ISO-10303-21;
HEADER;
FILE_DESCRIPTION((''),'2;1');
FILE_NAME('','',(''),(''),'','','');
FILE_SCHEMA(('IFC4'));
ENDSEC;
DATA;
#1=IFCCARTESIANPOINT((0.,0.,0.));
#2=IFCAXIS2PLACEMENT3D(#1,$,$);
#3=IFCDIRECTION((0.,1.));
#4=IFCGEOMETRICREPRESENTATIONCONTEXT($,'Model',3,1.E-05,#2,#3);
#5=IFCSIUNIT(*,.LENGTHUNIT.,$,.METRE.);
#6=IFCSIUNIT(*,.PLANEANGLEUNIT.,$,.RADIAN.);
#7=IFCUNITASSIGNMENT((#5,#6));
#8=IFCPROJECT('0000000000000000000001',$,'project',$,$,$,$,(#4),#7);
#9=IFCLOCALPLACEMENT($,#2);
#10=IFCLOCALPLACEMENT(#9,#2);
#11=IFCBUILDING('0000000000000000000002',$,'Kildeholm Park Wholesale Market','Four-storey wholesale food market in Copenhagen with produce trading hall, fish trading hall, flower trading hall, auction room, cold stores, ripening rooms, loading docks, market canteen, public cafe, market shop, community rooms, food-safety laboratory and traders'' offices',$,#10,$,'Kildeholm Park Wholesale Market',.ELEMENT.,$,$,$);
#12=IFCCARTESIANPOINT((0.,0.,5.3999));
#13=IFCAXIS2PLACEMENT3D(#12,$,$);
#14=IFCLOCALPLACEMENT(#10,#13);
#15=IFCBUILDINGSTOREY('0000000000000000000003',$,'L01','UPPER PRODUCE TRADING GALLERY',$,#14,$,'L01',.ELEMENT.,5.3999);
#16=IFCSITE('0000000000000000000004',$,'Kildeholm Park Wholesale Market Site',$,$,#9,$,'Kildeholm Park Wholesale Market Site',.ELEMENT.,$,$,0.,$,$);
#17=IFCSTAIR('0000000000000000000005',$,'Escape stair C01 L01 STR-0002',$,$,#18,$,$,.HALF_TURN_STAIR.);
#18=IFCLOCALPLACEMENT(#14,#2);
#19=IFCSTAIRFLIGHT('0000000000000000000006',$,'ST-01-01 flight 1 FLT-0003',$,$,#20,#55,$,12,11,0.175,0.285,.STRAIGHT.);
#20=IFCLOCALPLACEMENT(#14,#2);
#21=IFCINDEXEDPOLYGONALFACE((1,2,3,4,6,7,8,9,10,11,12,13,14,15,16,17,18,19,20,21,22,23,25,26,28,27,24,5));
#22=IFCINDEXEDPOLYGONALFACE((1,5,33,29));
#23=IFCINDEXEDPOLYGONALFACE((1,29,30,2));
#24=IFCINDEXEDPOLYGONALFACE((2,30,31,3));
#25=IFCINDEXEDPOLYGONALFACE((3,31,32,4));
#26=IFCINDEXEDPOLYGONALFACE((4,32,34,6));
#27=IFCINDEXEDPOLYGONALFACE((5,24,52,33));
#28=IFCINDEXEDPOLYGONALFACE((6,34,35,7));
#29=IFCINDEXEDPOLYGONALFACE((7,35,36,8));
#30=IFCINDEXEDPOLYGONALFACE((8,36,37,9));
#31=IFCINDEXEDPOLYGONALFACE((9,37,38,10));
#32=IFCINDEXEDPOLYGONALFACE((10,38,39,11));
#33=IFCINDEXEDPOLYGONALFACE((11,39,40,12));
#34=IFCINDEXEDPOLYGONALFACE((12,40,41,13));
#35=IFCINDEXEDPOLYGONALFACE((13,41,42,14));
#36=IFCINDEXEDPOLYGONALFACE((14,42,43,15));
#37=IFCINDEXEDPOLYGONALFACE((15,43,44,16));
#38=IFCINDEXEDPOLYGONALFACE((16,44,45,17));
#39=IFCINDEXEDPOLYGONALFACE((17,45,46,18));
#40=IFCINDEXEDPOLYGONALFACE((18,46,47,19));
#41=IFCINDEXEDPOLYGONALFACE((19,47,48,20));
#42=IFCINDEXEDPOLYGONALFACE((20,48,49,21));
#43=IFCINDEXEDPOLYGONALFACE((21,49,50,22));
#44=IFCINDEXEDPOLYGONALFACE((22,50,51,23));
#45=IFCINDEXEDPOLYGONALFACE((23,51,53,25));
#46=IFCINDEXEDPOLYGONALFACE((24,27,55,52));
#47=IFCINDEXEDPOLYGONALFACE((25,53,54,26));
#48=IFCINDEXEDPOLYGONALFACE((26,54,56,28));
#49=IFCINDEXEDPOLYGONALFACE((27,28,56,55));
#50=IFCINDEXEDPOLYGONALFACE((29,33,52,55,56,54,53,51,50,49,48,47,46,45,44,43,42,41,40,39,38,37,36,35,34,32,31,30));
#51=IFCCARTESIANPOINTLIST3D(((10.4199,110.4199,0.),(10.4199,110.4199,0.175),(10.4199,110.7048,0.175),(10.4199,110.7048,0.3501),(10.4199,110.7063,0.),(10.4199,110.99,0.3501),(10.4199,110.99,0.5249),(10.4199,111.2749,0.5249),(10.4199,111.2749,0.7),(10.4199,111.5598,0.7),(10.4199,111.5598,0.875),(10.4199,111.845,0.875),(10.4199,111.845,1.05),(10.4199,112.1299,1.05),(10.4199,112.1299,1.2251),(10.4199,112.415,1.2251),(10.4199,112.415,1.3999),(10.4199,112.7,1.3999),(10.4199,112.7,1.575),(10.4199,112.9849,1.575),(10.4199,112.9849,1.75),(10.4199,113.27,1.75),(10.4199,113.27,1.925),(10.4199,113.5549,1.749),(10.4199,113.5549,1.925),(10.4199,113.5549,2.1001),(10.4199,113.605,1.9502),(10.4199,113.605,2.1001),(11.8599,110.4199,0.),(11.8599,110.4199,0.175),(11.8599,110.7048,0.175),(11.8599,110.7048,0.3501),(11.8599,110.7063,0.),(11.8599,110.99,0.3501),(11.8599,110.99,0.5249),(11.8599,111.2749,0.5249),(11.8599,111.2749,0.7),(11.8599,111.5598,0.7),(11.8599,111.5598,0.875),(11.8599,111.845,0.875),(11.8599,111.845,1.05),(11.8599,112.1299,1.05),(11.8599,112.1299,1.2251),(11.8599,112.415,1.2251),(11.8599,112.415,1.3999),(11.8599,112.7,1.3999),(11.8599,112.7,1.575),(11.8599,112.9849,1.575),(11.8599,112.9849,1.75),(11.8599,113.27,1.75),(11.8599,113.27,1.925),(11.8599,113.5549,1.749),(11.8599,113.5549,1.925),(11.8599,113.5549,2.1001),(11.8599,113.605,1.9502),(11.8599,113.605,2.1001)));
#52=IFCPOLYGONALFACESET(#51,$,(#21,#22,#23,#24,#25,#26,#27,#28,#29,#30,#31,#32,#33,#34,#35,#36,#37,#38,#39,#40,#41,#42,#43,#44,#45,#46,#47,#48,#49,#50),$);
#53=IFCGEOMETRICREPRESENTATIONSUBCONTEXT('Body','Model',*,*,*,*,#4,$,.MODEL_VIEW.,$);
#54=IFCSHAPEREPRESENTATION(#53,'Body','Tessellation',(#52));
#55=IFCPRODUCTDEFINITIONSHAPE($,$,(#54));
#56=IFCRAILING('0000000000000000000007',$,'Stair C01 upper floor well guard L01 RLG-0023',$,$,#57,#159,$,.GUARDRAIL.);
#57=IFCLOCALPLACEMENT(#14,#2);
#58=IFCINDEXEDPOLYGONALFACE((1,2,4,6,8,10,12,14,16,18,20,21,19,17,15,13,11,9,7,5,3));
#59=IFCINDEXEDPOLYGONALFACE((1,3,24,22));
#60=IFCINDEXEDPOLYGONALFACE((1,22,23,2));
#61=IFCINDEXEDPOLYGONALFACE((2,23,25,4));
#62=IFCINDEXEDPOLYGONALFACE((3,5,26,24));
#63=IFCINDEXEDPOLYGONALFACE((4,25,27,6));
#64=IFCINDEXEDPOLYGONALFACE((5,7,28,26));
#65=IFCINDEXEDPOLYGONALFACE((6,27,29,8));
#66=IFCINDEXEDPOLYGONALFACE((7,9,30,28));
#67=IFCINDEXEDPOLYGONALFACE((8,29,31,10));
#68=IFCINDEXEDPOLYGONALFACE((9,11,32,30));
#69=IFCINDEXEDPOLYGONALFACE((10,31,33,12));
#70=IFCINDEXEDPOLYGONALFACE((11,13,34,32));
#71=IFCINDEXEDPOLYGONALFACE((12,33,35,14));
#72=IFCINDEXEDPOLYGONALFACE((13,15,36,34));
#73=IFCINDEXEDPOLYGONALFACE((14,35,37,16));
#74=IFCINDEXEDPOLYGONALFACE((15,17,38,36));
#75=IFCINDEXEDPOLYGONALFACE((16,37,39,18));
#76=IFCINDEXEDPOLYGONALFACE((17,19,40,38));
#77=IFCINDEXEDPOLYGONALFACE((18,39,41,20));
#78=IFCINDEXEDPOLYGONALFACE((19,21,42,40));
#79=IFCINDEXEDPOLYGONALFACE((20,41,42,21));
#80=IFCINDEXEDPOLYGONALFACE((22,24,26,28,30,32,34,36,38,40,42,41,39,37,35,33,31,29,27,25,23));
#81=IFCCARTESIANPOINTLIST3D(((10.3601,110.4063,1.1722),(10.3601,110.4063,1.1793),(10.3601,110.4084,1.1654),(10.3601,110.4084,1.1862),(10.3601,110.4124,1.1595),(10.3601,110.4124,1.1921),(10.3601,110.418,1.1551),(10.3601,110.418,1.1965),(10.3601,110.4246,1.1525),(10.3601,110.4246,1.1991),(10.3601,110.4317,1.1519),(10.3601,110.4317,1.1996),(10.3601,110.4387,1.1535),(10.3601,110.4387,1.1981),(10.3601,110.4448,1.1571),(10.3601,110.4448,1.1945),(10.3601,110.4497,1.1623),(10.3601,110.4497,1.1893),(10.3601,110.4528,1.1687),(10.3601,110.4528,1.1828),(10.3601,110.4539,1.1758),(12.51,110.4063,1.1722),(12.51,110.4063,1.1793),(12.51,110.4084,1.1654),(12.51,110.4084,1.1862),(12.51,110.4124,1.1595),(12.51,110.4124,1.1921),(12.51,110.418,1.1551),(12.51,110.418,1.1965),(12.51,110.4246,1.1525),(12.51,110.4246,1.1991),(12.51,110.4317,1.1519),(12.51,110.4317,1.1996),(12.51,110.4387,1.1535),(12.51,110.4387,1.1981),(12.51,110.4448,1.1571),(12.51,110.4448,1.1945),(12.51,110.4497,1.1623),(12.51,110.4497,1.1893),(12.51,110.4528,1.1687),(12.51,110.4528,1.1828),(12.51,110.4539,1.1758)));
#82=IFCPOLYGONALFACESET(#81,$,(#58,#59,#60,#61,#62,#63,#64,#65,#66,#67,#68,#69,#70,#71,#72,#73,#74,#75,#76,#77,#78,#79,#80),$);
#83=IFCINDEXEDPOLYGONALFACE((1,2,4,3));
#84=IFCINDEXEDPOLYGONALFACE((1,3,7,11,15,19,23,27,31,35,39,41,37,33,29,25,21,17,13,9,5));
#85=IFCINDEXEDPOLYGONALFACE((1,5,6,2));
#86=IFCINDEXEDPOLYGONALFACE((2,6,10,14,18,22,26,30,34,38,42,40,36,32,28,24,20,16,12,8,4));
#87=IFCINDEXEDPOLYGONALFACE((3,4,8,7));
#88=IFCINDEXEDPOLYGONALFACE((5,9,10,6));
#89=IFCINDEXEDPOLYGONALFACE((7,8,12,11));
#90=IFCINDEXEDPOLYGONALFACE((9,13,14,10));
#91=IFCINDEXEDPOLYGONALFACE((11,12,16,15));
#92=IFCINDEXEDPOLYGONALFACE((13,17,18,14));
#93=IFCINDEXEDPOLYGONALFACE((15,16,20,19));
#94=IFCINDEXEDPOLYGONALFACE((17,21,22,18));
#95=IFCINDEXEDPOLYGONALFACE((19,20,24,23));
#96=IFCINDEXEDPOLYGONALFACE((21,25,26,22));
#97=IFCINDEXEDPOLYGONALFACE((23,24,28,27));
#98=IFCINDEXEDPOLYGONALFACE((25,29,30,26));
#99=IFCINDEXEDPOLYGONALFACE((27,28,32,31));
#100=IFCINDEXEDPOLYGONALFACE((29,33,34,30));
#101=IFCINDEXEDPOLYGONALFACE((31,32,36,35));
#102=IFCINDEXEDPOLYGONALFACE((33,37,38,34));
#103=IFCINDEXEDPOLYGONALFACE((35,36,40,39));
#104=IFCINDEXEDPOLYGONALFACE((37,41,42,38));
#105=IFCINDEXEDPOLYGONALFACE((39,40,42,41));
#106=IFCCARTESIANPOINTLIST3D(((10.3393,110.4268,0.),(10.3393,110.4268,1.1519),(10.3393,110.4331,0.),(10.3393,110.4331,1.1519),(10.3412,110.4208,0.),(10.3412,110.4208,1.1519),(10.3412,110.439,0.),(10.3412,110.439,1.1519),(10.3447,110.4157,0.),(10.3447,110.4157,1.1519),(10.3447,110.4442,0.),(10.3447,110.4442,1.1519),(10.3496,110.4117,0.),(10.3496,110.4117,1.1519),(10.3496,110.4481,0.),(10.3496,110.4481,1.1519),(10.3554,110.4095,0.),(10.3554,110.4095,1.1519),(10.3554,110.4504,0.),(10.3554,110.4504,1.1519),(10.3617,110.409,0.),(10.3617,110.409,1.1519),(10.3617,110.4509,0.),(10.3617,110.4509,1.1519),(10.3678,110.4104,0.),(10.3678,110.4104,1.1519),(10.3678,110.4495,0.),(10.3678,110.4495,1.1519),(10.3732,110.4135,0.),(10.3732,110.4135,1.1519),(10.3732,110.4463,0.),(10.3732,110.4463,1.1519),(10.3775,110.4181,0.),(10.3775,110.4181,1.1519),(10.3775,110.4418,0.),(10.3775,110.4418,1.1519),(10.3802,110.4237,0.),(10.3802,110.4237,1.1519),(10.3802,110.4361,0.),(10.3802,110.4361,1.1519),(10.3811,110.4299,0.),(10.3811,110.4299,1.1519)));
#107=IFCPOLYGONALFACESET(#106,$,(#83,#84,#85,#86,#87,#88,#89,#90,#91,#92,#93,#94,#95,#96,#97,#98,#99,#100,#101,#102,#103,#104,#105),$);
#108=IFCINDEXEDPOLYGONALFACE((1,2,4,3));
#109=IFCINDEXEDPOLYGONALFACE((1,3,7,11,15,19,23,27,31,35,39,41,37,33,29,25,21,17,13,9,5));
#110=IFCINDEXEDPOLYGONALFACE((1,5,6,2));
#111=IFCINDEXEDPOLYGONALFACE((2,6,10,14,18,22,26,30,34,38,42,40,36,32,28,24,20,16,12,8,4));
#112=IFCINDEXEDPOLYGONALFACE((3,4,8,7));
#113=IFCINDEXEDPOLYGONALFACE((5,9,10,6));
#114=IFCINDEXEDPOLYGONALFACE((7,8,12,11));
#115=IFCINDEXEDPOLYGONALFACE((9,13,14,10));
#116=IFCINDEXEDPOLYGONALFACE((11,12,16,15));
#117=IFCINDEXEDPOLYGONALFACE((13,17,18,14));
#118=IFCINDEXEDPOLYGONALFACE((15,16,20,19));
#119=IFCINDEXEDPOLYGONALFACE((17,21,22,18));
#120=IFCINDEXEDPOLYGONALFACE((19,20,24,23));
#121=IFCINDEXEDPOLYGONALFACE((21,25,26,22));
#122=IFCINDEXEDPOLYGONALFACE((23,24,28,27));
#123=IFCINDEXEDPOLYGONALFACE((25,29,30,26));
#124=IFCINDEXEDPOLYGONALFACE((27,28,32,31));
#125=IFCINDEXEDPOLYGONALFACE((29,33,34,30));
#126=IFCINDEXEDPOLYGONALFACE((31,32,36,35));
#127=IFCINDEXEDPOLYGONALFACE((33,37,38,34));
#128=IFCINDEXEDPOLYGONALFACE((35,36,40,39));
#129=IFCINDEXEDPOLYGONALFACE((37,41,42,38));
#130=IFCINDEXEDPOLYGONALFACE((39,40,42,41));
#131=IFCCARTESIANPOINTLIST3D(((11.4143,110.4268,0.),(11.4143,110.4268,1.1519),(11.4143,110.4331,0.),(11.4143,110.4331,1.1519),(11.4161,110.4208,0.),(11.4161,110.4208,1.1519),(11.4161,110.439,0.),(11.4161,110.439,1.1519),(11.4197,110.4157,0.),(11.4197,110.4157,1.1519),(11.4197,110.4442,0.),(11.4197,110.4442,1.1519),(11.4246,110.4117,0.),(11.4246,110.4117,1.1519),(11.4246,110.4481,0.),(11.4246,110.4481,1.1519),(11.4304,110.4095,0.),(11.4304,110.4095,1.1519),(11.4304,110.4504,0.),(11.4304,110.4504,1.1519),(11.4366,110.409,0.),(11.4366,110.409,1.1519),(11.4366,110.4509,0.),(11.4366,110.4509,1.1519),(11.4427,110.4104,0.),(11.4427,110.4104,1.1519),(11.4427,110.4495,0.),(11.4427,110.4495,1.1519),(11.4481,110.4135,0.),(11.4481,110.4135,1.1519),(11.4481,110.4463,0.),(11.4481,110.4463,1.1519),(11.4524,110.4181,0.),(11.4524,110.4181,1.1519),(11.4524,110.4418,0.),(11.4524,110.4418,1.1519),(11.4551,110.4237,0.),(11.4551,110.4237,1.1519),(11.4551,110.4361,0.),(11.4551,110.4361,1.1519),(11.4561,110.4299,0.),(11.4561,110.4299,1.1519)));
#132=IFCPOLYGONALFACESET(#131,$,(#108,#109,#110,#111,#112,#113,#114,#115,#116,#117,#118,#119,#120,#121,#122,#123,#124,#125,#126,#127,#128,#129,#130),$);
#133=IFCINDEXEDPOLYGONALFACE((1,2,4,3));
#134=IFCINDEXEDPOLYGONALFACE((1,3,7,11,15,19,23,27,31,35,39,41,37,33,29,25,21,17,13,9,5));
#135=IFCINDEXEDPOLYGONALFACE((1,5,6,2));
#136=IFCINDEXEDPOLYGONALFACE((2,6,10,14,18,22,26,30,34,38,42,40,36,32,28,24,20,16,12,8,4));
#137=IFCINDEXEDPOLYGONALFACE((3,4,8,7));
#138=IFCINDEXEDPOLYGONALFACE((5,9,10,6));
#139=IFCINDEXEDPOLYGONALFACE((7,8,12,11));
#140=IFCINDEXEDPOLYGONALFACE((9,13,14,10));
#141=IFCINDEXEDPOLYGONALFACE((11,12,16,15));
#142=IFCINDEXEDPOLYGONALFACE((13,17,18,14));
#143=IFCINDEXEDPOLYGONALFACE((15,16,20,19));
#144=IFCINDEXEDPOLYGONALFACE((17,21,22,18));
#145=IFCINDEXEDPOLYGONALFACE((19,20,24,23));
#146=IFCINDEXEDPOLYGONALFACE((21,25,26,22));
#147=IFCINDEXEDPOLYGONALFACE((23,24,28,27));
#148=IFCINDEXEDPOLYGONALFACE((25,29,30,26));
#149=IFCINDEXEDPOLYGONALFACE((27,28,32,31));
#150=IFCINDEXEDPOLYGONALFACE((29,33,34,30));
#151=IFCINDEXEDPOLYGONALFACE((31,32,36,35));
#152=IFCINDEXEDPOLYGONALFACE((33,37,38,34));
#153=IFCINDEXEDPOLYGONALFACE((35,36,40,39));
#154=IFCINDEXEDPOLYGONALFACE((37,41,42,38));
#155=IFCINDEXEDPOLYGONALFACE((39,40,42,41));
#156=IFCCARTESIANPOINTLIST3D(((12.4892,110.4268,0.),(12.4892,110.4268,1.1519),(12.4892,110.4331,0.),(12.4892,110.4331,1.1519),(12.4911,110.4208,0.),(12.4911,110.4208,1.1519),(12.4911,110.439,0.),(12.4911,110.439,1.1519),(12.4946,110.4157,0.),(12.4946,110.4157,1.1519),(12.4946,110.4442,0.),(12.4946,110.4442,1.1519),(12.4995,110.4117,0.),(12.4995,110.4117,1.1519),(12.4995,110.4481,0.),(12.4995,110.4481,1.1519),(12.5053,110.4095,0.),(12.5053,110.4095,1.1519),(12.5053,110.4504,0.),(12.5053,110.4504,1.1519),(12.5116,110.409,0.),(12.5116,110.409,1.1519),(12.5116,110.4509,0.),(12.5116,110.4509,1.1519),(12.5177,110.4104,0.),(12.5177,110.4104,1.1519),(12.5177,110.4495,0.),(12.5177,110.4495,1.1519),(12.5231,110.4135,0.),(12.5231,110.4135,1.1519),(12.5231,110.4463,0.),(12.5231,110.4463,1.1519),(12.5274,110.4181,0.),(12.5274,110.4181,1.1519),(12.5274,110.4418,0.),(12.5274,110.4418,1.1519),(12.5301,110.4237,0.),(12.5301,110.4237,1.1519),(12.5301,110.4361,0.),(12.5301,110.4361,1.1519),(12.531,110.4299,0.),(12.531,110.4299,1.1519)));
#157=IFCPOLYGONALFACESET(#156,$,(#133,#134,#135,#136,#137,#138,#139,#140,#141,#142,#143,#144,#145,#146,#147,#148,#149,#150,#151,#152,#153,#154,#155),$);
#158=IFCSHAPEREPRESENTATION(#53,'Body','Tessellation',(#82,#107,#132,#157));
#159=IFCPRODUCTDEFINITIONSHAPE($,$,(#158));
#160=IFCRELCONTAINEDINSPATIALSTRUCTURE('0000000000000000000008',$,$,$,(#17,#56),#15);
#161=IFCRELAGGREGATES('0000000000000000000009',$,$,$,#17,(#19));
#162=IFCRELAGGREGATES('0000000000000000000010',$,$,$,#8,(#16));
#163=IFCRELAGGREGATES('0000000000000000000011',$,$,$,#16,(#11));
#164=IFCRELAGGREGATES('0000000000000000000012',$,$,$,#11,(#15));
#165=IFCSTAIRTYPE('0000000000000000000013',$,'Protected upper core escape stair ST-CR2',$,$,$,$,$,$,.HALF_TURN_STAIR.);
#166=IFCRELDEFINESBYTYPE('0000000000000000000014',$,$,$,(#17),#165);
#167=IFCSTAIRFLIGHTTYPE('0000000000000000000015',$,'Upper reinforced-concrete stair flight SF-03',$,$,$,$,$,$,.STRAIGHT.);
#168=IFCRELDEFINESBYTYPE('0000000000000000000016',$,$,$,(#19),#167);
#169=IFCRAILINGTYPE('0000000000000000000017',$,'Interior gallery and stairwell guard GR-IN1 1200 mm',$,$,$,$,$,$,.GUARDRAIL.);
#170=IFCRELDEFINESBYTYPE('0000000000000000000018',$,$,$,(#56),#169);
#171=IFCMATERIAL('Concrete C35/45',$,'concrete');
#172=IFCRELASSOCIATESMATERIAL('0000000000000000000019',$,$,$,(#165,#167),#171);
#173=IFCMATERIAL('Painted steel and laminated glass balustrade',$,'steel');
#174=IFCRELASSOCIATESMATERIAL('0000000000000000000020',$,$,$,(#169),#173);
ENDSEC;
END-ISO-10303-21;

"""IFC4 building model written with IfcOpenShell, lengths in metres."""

from ifc_helpers import new_model, si_unit, direction, frame, origin, origin_2d, place, context, subcontext, project, spatial, polyline, circle, outline, extrude, material, type_object, element, aggregate, save


model = new_model("IFC4")

# Units and contexts
model_context = context("Model", 3, precision=1e-05, world=origin(), true_north=direction((0.0, 1.0)))
body_context = subcontext(model_context, "Body", "Model", "MODEL_VIEW")
ifc_project = project(units=[si_unit("LENGTHUNIT", "METRE"), si_unit("PLANEANGLEUNIT", "RADIAN")], contexts=[model_context])

# Site, building, storey
site_placement = place(None, origin())
site = spatial("IfcSite", under=ifc_project, at=site_placement, Name="Kildeholm Park Wholesale Market Site", LongName="Kildeholm Park Wholesale Market Site", CompositionType="ELEMENT", RefElevation=0.0)
building_placement = place(site_placement, origin())
building = spatial("IfcBuilding", under=site, at=building_placement, Name="Kildeholm Park Wholesale Market", Description="Four-storey wholesale food market in Copenhagen with produce trading hall, fish trading hall, flower trading hall, auction room, cold stores, ripening rooms, loading docks, market canteen, public cafe, market shop, community rooms, food-safety laboratory and traders' offices", LongName="Kildeholm Park Wholesale Market", CompositionType="ELEMENT")
storey_placement = place(building_placement, frame((0.0, 0.0, 5.3999)))
storey = spatial("IfcBuildingStorey", under=building, at=storey_placement, Name="L01", Description="UPPER PRODUCE TRADING GALLERY", LongName="L01", CompositionType="ELEMENT", Elevation=5.3999)

# Stair, stair flight
ifc_material_1 = material(Name="Concrete C35/45", Category="concrete")
stair_type = type_object("IfcStairType", Name="Protected upper core escape stair ST-CR2", PredefinedType="HALF_TURN_STAIR", material=ifc_material_1)
stair_placement = place(storey_placement, origin())
stair = element("IfcStair", 1, at=stair_placement, inside=storey, type_object=stair_type, Name="Escape stair C01 L01 STR-0002", PredefinedType="HALF_TURN_STAIR")
stair_flight_type = type_object("IfcStairFlightType", Name="Upper reinforced-concrete stair flight SF-03", PredefinedType="STRAIGHT", material=ifc_material_1)
stair_flight_placement = place(storey_placement, frame((11.1399, 110.4199, 0.0), z_axis=(0.0, 0.0, 1.0), x_axis=(0.0, 1.0, 0.0)))
stair_flight = element("IfcStairFlight", 2, at=stair_flight_placement, type_object=stair_flight_type, Name="ST-01-01 flight 1 FLT-0003", NumberOfRisers=12, NumberOfTreads=11, PredefinedType="STRAIGHT", RiserHeight=0.175, TreadLength=0.285, context=body_context, shape_type="SweptSolid", body=[
    extrude(outline(polyline([(0.0, 0.0), (0.0, 0.175), (0.2849, 0.175), (0.2849, 0.3501), (0.5701, 0.3501), (0.5701, 0.5249), (0.855, 0.5249), (0.855, 0.7), (1.1399, 0.7), (1.1399, 0.875), (1.425, 0.875), (1.425, 1.05), (1.71, 1.05), (1.71, 1.2251), (1.9951, 1.2251), (1.9951, 1.3999), (2.28, 1.3999), (2.28, 1.575), (2.5649, 1.575), (2.5649, 1.75), (2.8501, 1.75), (2.8501, 1.925), (3.135, 1.925), (3.135, 2.1001), (3.1851, 2.1001), (3.1851, 1.9502), (3.135, 1.749), (0.2864, 0.0), (0.0, 0.0)])), frame((0.0, 0.72, 0.0), z_axis=(0.0, -1.0, 0.0), x_axis=(1.0, 0.0, 0.0)), (0.0, 0.0, 1.0), 1.4399),
])
aggregate(stair, [stair_flight])

# Railing
ifc_material_2 = material(Name="Painted steel and laminated glass balustrade", Category="steel")
railing_type_1 = type_object("IfcRailingType", Name="Interior gallery and stairwell guard GR-IN1 1200 mm", PredefinedType="GUARDRAIL", material=ifc_material_2)
railing_1_placement = place(storey_placement, frame((10.3601, 110.4299, 0.0)))
element("IfcRailing", 3, at=railing_1_placement, inside=storey, type_object=railing_type_1, Name="Stair C01 upper floor well guard L01 RLG-0023", PredefinedType="GUARDRAIL", context=body_context, shape_type="SweptSolid", body=[
    extrude(circle(Radius=0.0239, at=origin_2d()), frame((0.0, 0.0, 1.1758), z_axis=(1.0, 0.0, 0.0), x_axis=(0.0, 1.0, 0.0)), (0.0, 0.0, 1.0), 2.1499),
    extrude(circle(Radius=0.021, at=origin_2d()), origin(), (0.0, 0.0, 1.0), 1.1519),
    extrude(circle(Radius=0.021, at=origin_2d()), frame((1.075, 0.0, 0.0)), (0.0, 0.0, 1.0), 1.1519),
    extrude(circle(Radius=0.021, at=origin_2d()), frame((2.1499, 0.0, 0.0)), (0.0, 0.0, 1.0), 1.1519),
])

save(model, "model.ifc")
